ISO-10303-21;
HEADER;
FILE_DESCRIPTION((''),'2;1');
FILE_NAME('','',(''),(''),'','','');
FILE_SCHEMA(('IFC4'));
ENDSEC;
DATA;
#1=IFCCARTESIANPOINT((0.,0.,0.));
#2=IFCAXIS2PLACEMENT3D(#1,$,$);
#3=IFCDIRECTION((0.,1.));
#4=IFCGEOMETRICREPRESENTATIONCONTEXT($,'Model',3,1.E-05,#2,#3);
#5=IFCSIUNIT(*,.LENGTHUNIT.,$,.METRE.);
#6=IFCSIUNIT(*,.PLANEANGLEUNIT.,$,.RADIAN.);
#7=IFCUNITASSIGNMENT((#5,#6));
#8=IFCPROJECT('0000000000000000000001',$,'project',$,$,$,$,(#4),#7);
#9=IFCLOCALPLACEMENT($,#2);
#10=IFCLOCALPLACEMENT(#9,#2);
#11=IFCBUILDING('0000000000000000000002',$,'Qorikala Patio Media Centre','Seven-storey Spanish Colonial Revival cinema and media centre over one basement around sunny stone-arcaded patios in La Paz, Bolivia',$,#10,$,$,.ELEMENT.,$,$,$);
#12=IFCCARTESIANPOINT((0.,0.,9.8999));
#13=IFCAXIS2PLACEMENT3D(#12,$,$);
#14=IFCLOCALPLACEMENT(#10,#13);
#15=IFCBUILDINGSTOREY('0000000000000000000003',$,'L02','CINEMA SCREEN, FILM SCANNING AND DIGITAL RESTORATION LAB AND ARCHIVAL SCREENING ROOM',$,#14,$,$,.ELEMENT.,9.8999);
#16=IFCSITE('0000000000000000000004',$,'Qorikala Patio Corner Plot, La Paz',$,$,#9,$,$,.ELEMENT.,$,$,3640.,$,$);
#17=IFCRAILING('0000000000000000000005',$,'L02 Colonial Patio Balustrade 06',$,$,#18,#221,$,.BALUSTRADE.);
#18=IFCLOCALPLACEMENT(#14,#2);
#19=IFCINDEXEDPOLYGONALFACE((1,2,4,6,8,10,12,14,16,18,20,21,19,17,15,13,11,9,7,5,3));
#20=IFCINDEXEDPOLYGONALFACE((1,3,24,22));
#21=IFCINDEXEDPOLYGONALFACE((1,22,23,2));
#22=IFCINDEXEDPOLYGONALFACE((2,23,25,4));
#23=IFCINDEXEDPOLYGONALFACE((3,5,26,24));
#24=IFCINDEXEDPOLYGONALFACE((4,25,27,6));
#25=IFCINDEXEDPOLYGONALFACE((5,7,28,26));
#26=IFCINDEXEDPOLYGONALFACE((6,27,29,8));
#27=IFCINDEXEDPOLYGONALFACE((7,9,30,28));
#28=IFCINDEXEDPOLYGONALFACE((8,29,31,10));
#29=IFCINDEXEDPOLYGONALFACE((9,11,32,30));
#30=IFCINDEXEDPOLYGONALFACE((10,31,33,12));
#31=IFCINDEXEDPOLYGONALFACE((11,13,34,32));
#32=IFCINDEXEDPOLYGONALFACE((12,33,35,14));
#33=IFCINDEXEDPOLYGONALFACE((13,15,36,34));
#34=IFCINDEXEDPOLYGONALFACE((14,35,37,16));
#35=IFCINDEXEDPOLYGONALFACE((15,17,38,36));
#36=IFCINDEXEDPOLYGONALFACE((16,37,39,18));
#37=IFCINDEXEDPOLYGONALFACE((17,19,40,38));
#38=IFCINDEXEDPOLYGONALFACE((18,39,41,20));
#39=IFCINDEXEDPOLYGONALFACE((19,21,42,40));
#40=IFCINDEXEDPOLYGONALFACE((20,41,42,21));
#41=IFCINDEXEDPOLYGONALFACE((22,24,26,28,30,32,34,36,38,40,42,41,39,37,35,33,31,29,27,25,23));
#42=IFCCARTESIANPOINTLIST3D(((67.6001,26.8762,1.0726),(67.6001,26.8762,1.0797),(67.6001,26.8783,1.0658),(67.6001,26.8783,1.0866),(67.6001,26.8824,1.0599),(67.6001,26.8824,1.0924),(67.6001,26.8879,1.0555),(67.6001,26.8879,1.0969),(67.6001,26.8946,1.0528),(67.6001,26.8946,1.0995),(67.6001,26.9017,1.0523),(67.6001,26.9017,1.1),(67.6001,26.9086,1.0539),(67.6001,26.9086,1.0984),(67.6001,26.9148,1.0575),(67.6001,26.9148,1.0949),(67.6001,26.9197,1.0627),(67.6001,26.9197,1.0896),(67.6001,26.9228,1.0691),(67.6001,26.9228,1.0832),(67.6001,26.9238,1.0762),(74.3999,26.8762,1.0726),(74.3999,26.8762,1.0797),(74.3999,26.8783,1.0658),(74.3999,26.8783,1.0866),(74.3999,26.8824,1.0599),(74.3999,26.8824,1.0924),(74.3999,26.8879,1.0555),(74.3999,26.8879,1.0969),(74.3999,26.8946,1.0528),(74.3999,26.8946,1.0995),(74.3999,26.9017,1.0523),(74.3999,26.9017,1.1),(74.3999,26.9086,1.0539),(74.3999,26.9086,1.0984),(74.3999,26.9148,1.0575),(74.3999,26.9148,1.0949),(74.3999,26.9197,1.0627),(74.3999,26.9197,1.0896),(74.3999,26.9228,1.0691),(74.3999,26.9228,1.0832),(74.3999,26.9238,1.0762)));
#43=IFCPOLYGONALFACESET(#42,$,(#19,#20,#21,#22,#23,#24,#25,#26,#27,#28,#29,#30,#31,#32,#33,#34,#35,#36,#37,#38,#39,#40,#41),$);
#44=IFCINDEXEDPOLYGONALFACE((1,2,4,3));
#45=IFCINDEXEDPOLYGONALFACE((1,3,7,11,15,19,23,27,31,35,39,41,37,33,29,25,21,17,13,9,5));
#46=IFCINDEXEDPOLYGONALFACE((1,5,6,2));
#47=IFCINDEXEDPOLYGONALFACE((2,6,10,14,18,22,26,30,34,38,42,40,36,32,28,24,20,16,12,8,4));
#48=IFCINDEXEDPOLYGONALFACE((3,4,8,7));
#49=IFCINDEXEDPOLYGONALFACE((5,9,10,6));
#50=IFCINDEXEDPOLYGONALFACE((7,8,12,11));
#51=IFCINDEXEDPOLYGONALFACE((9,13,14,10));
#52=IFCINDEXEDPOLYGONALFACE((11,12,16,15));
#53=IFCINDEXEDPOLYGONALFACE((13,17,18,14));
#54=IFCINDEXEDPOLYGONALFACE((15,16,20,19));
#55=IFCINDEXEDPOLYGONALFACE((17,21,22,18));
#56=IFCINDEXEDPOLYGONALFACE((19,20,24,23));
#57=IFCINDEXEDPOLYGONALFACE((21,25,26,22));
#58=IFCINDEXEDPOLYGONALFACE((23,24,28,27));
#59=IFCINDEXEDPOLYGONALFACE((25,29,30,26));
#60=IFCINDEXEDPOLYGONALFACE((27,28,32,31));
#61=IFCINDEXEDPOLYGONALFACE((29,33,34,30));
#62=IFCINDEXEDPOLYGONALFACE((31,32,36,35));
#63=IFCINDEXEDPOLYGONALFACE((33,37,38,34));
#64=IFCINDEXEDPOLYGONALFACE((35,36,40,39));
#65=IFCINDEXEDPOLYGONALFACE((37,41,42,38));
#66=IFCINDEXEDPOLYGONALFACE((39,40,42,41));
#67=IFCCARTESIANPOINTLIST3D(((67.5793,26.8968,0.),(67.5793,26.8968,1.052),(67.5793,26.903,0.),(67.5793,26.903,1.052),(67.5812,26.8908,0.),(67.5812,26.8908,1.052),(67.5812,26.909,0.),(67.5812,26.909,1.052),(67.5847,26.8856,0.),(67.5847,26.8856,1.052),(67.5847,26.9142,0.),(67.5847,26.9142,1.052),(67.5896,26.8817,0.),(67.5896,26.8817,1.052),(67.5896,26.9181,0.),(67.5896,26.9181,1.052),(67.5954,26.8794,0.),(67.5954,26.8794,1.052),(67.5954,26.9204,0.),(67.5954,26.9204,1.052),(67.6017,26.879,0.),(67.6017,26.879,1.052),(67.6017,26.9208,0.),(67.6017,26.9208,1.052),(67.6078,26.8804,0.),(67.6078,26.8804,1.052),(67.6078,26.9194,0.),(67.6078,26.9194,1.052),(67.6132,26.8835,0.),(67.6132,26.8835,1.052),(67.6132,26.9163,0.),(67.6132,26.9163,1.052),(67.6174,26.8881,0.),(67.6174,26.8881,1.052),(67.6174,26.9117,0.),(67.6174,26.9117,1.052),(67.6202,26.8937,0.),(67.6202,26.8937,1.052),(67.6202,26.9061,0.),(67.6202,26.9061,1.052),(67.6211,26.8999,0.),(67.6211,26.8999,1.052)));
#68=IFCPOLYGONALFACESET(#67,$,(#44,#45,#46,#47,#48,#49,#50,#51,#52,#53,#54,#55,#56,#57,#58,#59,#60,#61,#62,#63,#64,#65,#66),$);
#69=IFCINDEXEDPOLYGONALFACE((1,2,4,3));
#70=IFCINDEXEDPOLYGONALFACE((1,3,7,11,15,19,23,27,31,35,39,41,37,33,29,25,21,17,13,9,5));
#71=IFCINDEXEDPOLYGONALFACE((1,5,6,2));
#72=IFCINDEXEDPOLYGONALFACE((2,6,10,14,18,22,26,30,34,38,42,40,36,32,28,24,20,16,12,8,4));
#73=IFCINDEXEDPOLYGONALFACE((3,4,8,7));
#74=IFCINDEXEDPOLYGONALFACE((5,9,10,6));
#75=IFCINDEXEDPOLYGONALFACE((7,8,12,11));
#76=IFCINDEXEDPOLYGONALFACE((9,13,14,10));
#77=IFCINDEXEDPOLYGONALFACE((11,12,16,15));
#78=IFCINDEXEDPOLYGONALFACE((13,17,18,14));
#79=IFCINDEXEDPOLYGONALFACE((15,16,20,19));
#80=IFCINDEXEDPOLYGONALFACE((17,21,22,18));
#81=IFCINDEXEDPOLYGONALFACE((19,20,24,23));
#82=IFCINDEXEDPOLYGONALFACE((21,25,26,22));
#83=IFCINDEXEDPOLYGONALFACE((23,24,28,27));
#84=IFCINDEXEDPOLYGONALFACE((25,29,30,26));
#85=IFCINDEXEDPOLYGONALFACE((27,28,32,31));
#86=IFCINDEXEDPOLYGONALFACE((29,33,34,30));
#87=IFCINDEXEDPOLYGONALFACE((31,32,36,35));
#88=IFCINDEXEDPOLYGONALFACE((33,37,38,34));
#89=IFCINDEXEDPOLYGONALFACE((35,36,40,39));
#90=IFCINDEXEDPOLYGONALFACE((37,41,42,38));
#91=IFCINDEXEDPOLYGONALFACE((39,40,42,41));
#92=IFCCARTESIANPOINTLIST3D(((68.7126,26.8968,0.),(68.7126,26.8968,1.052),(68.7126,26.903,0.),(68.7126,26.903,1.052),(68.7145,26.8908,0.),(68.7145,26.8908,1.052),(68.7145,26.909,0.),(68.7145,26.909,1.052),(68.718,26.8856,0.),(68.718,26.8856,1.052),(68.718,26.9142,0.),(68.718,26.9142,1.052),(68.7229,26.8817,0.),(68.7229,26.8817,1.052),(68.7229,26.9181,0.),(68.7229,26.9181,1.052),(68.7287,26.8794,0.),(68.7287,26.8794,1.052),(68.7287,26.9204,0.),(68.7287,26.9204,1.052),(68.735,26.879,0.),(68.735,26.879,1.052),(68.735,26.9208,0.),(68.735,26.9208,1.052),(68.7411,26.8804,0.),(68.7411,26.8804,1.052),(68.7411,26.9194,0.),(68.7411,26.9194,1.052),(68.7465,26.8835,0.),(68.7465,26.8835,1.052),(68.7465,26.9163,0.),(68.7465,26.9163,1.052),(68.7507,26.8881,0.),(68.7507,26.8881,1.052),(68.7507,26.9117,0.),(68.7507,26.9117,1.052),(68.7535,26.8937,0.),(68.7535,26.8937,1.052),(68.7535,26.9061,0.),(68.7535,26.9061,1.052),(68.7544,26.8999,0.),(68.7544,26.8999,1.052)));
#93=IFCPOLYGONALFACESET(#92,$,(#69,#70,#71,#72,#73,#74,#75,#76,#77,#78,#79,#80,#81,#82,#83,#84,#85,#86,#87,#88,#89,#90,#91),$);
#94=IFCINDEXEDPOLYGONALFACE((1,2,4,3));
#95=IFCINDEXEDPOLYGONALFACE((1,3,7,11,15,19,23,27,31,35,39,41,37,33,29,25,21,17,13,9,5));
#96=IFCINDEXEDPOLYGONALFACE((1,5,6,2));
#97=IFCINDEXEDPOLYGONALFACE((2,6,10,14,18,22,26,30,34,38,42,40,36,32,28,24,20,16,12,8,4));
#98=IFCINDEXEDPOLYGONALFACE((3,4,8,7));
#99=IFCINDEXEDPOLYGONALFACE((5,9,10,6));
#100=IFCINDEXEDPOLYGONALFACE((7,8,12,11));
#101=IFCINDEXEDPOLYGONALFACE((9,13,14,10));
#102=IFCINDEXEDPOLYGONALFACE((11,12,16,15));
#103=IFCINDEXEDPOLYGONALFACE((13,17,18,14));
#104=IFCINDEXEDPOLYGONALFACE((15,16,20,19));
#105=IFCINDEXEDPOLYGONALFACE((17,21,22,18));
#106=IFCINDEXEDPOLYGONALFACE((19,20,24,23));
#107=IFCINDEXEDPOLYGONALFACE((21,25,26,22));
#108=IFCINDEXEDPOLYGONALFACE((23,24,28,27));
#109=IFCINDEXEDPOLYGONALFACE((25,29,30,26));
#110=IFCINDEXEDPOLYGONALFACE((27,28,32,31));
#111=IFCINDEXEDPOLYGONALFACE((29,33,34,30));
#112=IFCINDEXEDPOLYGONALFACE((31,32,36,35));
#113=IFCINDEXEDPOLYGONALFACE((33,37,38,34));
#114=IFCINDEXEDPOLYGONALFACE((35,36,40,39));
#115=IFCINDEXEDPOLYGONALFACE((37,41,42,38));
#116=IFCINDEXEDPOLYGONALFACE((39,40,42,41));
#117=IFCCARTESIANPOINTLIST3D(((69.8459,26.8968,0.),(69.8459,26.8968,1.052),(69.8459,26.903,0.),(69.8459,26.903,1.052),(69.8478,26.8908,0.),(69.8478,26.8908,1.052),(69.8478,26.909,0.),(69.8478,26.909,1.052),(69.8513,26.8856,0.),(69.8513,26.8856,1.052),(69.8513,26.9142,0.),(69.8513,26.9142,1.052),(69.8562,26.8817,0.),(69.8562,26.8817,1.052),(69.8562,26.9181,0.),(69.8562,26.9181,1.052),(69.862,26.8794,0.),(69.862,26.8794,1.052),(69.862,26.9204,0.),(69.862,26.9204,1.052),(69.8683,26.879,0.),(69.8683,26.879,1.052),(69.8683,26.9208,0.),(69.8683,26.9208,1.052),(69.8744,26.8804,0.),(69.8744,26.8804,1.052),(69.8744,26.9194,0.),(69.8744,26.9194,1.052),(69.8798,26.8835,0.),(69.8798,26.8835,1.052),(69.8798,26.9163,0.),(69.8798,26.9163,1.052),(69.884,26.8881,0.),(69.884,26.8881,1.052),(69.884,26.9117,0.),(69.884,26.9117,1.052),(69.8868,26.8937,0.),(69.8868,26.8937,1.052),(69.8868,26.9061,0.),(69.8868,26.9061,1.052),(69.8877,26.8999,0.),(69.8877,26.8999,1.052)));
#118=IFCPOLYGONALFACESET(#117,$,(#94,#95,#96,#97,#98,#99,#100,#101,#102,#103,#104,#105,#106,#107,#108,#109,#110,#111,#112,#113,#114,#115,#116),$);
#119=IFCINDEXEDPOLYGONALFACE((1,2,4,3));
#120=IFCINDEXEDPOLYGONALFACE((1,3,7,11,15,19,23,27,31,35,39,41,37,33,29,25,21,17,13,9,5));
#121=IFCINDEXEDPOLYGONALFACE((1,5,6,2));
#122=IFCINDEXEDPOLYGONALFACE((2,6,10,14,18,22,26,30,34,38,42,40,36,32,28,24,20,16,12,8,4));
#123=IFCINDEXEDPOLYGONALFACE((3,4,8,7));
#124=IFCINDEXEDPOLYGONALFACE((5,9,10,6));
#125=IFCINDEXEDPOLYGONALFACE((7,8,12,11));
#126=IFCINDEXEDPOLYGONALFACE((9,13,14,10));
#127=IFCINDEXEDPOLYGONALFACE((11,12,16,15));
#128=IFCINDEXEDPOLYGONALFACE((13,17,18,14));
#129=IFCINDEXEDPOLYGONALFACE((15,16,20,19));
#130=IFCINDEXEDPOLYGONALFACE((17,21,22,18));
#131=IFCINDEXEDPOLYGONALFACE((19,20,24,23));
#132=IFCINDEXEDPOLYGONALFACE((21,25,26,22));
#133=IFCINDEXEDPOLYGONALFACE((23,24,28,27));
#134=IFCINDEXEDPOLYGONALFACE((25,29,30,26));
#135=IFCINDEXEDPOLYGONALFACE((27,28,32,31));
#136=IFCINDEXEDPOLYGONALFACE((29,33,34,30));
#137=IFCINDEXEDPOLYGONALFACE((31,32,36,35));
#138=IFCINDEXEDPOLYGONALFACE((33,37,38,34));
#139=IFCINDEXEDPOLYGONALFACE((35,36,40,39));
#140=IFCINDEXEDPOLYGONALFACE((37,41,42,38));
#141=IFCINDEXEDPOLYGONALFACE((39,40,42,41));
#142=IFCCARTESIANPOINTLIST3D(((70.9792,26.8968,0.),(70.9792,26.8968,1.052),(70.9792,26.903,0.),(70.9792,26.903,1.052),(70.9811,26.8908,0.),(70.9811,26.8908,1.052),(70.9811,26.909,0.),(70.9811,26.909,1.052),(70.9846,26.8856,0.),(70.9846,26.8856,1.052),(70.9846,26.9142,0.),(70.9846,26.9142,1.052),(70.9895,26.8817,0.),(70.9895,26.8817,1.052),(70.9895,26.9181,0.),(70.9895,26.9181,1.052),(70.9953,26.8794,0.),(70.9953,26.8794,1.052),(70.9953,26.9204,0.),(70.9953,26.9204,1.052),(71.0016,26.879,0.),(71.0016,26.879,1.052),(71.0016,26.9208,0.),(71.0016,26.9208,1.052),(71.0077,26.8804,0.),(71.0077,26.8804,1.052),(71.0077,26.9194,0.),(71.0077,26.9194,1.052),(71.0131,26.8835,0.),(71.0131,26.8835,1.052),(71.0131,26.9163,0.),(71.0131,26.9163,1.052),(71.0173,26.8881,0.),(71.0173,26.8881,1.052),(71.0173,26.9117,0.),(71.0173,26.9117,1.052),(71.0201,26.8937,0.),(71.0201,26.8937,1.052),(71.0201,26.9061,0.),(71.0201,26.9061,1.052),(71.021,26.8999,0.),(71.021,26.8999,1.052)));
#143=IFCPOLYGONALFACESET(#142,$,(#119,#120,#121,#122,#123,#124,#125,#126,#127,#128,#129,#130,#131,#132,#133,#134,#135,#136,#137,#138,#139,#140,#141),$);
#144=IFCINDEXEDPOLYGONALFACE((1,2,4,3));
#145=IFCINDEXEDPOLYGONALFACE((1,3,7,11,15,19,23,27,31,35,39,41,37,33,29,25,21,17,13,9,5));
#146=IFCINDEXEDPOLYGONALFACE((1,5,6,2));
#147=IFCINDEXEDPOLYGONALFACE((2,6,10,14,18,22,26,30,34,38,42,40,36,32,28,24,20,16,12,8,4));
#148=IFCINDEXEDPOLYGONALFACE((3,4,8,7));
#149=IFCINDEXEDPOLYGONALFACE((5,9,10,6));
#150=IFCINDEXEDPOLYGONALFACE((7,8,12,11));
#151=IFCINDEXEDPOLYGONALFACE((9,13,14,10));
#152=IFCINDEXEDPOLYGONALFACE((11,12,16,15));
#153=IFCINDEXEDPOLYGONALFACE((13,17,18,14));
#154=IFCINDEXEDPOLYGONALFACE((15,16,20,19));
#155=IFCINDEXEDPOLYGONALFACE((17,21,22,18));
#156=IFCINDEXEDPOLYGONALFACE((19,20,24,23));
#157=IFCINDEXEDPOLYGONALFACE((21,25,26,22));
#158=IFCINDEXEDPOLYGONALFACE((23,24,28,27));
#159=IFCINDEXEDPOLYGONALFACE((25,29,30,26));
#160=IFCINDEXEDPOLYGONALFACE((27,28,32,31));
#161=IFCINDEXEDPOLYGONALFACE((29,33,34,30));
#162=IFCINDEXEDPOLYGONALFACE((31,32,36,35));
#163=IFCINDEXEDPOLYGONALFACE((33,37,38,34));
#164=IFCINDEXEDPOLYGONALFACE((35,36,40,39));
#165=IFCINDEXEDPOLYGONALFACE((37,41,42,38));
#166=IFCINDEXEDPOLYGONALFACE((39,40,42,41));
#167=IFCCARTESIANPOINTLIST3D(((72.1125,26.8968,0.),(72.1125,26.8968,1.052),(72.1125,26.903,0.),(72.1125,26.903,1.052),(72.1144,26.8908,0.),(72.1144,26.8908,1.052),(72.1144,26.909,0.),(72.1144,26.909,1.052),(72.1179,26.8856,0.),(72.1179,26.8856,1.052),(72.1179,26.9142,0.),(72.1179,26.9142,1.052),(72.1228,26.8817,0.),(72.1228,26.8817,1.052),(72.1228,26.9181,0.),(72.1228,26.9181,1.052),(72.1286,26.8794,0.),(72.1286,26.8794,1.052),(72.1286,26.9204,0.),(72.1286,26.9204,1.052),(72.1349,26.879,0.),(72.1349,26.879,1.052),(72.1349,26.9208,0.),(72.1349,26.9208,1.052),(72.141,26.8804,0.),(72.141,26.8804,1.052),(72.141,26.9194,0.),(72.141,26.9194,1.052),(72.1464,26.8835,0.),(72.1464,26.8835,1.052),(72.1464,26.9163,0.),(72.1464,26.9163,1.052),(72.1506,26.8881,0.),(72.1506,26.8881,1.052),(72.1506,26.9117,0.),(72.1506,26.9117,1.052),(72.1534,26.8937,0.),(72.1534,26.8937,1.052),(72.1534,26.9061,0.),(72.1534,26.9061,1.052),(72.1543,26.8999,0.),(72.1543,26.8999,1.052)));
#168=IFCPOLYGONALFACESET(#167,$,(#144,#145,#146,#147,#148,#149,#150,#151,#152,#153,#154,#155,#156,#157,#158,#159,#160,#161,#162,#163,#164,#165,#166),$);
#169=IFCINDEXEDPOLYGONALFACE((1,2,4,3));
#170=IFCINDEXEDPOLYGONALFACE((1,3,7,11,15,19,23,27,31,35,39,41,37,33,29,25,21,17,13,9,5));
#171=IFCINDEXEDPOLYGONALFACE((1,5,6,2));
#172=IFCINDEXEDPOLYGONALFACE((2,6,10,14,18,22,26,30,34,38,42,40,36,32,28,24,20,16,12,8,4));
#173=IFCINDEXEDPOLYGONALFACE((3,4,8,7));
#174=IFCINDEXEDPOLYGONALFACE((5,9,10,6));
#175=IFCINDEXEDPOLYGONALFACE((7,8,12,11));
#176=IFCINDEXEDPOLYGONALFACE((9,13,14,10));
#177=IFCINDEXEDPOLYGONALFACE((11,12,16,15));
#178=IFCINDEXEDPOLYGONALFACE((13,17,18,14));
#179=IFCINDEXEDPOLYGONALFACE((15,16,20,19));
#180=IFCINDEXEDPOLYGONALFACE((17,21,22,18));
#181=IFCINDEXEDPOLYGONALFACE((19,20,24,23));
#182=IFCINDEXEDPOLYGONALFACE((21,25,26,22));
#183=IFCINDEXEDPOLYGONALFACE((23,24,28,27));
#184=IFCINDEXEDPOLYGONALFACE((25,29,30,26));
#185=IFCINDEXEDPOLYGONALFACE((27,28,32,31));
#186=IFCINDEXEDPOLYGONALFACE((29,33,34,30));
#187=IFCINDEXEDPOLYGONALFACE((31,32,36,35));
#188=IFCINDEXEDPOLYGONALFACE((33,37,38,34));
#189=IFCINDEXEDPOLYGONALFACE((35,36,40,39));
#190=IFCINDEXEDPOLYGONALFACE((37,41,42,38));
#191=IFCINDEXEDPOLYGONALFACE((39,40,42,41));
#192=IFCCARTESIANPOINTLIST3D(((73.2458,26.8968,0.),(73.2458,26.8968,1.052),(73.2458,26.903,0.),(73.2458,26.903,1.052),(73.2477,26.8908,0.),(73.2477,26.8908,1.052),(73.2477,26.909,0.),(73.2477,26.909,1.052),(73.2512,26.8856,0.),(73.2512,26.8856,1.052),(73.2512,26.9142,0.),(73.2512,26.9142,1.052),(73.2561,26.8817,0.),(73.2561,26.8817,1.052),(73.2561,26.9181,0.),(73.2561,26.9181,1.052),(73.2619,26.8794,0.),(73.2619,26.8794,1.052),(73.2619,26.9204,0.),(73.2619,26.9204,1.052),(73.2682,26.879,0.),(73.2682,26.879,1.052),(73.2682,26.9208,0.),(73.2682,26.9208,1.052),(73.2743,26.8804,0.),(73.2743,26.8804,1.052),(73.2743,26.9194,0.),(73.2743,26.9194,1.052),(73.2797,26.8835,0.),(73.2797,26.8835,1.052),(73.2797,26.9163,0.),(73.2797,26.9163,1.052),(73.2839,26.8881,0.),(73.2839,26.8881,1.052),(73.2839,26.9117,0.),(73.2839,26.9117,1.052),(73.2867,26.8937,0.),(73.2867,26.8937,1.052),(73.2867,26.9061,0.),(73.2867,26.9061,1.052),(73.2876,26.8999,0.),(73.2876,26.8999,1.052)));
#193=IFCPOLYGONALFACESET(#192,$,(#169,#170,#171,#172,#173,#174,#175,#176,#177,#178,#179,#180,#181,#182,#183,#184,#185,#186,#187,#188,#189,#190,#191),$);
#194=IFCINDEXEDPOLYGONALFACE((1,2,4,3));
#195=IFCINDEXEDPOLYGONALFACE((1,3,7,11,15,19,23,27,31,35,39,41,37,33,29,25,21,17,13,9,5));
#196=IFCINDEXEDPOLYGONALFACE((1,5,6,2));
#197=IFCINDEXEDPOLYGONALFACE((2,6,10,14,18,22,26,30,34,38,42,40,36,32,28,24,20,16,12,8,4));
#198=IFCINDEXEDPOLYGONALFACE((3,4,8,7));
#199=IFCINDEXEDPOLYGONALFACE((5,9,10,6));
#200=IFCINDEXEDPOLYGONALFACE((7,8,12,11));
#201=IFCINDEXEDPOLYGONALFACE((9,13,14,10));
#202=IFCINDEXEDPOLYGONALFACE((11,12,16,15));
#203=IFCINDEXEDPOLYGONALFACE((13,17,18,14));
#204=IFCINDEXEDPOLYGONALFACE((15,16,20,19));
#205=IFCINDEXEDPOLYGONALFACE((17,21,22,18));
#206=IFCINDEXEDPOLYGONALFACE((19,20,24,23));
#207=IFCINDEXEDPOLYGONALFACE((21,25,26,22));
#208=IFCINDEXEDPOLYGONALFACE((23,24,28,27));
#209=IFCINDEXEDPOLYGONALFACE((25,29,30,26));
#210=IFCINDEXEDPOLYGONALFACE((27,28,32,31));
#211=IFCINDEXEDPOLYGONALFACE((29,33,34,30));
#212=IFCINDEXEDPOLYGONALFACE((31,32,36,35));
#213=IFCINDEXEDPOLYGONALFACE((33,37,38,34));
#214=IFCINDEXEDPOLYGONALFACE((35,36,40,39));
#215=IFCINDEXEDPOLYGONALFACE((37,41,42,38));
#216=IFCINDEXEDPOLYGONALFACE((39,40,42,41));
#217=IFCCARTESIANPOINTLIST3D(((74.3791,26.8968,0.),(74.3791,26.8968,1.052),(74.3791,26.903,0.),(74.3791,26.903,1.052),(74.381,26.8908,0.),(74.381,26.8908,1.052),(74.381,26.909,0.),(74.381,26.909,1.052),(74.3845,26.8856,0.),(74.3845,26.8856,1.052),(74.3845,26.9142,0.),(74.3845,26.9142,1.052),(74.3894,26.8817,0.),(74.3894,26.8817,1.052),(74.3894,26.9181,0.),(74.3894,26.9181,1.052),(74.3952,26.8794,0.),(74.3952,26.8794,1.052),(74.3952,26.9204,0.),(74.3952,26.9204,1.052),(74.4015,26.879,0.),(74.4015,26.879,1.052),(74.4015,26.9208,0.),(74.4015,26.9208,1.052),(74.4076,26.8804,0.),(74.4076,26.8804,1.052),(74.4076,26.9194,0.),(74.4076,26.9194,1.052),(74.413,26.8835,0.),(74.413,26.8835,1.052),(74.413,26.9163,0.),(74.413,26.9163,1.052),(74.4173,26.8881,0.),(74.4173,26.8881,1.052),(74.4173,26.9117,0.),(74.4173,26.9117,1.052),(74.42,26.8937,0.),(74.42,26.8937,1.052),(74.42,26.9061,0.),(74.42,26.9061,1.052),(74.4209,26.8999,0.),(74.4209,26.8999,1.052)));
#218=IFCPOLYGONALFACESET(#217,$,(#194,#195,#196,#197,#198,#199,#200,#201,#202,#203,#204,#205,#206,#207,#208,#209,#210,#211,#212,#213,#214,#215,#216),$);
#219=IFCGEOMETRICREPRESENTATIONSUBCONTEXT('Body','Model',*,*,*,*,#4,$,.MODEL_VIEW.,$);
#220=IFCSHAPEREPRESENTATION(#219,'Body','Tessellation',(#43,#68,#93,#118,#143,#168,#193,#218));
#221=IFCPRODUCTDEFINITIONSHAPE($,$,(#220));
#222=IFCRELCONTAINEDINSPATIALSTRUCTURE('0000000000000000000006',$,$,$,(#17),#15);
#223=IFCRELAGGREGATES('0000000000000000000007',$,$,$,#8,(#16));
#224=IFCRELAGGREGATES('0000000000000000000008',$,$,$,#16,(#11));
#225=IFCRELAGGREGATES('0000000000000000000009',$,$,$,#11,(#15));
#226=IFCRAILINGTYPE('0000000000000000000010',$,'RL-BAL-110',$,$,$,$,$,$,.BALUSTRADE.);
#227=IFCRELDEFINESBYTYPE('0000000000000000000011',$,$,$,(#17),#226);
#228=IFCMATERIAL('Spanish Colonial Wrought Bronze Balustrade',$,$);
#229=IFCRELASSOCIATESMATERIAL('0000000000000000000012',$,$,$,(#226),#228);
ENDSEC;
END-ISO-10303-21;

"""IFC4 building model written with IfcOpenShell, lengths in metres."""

from ifc_helpers import new_model, si_unit, direction, frame, origin, origin_2d, place, context, subcontext, project, spatial, circle, extrude, material, type_object, element, save


model = new_model("IFC4")

# Units and contexts
model_context = context("Model", 3, precision=1e-05, world=origin(), true_north=direction((0.0, 1.0)))
body_context = subcontext(model_context, "Body", "Model", "MODEL_VIEW")
ifc_project = project(units=[si_unit("LENGTHUNIT", "METRE"), si_unit("PLANEANGLEUNIT", "RADIAN")], contexts=[model_context])

# Site, building, storey
site_placement = place(None, origin())
site = spatial("IfcSite", under=ifc_project, at=site_placement, Name="Qorikala Patio Corner Plot, La Paz", CompositionType="ELEMENT", RefElevation=3640.0)
building_placement = place(site_placement, origin())
building = spatial("IfcBuilding", under=site, at=building_placement, Name="Qorikala Patio Media Centre", Description="Seven-storey Spanish Colonial Revival cinema and media centre over one basement around sunny stone-arcaded patios in La Paz, Bolivia", CompositionType="ELEMENT")
storey_placement = place(building_placement, frame((0.0, 0.0, 9.8999)))
storey = spatial("IfcBuildingStorey", under=building, at=storey_placement, Name="L02", Description="CINEMA SCREEN, FILM SCANNING AND DIGITAL RESTORATION LAB AND ARCHIVAL SCREENING ROOM", CompositionType="ELEMENT", Elevation=9.8999)

# Railing
ifc_material_1 = material(Name="Spanish Colonial Wrought Bronze Balustrade")
railing_type = type_object("IfcRailingType", Name="RL-BAL-110", PredefinedType="BALUSTRADE", material=ifc_material_1)
for number, where, name in (
    (1, (67.6001, 26.8999, 0.0), "L02 Colonial Patio Balustrade 06"),
):
    element("IfcRailing", number, at=place(storey_placement, frame(where)), inside=storey, type_object=railing_type, Name=name, PredefinedType="BALUSTRADE", context=body_context, shape_type="SweptSolid", body=[
        extrude(circle(Radius=0.0239, at=origin_2d()), frame((0.0, 0.0, 1.0762), z_axis=(1.0, 0.0, 0.0), x_axis=(0.0, 1.0, 0.0)), (0.0, 0.0, 1.0), 6.7998),
        extrude(circle(Radius=0.021, at=origin_2d()), origin(), (0.0, 0.0, 1.0), 1.052),
        extrude(circle(Radius=0.021, at=origin_2d()), frame((1.1333, 0.0, 0.0)), (0.0, 0.0, 1.0), 1.052),
        extrude(circle(Radius=0.021, at=origin_2d()), frame((2.2666, 0.0, 0.0)), (0.0, 0.0, 1.0), 1.052),
        extrude(circle(Radius=0.021, at=origin_2d()), frame((3.3999, 0.0, 0.0)), (0.0, 0.0, 1.0), 1.052),
        extrude(circle(Radius=0.021, at=origin_2d()), frame((4.5332, 0.0, 0.0)), (0.0, 0.0, 1.0), 1.052),
        extrude(circle(Radius=0.021, at=origin_2d()), frame((5.6665, 0.0, 0.0)), (0.0, 0.0, 1.0), 1.052),
        extrude(circle(Radius=0.021, at=origin_2d()), frame((6.7998, 0.0, 0.0)), (0.0, 0.0, 1.0), 1.052),
    ])

save(model, "model.ifc")
